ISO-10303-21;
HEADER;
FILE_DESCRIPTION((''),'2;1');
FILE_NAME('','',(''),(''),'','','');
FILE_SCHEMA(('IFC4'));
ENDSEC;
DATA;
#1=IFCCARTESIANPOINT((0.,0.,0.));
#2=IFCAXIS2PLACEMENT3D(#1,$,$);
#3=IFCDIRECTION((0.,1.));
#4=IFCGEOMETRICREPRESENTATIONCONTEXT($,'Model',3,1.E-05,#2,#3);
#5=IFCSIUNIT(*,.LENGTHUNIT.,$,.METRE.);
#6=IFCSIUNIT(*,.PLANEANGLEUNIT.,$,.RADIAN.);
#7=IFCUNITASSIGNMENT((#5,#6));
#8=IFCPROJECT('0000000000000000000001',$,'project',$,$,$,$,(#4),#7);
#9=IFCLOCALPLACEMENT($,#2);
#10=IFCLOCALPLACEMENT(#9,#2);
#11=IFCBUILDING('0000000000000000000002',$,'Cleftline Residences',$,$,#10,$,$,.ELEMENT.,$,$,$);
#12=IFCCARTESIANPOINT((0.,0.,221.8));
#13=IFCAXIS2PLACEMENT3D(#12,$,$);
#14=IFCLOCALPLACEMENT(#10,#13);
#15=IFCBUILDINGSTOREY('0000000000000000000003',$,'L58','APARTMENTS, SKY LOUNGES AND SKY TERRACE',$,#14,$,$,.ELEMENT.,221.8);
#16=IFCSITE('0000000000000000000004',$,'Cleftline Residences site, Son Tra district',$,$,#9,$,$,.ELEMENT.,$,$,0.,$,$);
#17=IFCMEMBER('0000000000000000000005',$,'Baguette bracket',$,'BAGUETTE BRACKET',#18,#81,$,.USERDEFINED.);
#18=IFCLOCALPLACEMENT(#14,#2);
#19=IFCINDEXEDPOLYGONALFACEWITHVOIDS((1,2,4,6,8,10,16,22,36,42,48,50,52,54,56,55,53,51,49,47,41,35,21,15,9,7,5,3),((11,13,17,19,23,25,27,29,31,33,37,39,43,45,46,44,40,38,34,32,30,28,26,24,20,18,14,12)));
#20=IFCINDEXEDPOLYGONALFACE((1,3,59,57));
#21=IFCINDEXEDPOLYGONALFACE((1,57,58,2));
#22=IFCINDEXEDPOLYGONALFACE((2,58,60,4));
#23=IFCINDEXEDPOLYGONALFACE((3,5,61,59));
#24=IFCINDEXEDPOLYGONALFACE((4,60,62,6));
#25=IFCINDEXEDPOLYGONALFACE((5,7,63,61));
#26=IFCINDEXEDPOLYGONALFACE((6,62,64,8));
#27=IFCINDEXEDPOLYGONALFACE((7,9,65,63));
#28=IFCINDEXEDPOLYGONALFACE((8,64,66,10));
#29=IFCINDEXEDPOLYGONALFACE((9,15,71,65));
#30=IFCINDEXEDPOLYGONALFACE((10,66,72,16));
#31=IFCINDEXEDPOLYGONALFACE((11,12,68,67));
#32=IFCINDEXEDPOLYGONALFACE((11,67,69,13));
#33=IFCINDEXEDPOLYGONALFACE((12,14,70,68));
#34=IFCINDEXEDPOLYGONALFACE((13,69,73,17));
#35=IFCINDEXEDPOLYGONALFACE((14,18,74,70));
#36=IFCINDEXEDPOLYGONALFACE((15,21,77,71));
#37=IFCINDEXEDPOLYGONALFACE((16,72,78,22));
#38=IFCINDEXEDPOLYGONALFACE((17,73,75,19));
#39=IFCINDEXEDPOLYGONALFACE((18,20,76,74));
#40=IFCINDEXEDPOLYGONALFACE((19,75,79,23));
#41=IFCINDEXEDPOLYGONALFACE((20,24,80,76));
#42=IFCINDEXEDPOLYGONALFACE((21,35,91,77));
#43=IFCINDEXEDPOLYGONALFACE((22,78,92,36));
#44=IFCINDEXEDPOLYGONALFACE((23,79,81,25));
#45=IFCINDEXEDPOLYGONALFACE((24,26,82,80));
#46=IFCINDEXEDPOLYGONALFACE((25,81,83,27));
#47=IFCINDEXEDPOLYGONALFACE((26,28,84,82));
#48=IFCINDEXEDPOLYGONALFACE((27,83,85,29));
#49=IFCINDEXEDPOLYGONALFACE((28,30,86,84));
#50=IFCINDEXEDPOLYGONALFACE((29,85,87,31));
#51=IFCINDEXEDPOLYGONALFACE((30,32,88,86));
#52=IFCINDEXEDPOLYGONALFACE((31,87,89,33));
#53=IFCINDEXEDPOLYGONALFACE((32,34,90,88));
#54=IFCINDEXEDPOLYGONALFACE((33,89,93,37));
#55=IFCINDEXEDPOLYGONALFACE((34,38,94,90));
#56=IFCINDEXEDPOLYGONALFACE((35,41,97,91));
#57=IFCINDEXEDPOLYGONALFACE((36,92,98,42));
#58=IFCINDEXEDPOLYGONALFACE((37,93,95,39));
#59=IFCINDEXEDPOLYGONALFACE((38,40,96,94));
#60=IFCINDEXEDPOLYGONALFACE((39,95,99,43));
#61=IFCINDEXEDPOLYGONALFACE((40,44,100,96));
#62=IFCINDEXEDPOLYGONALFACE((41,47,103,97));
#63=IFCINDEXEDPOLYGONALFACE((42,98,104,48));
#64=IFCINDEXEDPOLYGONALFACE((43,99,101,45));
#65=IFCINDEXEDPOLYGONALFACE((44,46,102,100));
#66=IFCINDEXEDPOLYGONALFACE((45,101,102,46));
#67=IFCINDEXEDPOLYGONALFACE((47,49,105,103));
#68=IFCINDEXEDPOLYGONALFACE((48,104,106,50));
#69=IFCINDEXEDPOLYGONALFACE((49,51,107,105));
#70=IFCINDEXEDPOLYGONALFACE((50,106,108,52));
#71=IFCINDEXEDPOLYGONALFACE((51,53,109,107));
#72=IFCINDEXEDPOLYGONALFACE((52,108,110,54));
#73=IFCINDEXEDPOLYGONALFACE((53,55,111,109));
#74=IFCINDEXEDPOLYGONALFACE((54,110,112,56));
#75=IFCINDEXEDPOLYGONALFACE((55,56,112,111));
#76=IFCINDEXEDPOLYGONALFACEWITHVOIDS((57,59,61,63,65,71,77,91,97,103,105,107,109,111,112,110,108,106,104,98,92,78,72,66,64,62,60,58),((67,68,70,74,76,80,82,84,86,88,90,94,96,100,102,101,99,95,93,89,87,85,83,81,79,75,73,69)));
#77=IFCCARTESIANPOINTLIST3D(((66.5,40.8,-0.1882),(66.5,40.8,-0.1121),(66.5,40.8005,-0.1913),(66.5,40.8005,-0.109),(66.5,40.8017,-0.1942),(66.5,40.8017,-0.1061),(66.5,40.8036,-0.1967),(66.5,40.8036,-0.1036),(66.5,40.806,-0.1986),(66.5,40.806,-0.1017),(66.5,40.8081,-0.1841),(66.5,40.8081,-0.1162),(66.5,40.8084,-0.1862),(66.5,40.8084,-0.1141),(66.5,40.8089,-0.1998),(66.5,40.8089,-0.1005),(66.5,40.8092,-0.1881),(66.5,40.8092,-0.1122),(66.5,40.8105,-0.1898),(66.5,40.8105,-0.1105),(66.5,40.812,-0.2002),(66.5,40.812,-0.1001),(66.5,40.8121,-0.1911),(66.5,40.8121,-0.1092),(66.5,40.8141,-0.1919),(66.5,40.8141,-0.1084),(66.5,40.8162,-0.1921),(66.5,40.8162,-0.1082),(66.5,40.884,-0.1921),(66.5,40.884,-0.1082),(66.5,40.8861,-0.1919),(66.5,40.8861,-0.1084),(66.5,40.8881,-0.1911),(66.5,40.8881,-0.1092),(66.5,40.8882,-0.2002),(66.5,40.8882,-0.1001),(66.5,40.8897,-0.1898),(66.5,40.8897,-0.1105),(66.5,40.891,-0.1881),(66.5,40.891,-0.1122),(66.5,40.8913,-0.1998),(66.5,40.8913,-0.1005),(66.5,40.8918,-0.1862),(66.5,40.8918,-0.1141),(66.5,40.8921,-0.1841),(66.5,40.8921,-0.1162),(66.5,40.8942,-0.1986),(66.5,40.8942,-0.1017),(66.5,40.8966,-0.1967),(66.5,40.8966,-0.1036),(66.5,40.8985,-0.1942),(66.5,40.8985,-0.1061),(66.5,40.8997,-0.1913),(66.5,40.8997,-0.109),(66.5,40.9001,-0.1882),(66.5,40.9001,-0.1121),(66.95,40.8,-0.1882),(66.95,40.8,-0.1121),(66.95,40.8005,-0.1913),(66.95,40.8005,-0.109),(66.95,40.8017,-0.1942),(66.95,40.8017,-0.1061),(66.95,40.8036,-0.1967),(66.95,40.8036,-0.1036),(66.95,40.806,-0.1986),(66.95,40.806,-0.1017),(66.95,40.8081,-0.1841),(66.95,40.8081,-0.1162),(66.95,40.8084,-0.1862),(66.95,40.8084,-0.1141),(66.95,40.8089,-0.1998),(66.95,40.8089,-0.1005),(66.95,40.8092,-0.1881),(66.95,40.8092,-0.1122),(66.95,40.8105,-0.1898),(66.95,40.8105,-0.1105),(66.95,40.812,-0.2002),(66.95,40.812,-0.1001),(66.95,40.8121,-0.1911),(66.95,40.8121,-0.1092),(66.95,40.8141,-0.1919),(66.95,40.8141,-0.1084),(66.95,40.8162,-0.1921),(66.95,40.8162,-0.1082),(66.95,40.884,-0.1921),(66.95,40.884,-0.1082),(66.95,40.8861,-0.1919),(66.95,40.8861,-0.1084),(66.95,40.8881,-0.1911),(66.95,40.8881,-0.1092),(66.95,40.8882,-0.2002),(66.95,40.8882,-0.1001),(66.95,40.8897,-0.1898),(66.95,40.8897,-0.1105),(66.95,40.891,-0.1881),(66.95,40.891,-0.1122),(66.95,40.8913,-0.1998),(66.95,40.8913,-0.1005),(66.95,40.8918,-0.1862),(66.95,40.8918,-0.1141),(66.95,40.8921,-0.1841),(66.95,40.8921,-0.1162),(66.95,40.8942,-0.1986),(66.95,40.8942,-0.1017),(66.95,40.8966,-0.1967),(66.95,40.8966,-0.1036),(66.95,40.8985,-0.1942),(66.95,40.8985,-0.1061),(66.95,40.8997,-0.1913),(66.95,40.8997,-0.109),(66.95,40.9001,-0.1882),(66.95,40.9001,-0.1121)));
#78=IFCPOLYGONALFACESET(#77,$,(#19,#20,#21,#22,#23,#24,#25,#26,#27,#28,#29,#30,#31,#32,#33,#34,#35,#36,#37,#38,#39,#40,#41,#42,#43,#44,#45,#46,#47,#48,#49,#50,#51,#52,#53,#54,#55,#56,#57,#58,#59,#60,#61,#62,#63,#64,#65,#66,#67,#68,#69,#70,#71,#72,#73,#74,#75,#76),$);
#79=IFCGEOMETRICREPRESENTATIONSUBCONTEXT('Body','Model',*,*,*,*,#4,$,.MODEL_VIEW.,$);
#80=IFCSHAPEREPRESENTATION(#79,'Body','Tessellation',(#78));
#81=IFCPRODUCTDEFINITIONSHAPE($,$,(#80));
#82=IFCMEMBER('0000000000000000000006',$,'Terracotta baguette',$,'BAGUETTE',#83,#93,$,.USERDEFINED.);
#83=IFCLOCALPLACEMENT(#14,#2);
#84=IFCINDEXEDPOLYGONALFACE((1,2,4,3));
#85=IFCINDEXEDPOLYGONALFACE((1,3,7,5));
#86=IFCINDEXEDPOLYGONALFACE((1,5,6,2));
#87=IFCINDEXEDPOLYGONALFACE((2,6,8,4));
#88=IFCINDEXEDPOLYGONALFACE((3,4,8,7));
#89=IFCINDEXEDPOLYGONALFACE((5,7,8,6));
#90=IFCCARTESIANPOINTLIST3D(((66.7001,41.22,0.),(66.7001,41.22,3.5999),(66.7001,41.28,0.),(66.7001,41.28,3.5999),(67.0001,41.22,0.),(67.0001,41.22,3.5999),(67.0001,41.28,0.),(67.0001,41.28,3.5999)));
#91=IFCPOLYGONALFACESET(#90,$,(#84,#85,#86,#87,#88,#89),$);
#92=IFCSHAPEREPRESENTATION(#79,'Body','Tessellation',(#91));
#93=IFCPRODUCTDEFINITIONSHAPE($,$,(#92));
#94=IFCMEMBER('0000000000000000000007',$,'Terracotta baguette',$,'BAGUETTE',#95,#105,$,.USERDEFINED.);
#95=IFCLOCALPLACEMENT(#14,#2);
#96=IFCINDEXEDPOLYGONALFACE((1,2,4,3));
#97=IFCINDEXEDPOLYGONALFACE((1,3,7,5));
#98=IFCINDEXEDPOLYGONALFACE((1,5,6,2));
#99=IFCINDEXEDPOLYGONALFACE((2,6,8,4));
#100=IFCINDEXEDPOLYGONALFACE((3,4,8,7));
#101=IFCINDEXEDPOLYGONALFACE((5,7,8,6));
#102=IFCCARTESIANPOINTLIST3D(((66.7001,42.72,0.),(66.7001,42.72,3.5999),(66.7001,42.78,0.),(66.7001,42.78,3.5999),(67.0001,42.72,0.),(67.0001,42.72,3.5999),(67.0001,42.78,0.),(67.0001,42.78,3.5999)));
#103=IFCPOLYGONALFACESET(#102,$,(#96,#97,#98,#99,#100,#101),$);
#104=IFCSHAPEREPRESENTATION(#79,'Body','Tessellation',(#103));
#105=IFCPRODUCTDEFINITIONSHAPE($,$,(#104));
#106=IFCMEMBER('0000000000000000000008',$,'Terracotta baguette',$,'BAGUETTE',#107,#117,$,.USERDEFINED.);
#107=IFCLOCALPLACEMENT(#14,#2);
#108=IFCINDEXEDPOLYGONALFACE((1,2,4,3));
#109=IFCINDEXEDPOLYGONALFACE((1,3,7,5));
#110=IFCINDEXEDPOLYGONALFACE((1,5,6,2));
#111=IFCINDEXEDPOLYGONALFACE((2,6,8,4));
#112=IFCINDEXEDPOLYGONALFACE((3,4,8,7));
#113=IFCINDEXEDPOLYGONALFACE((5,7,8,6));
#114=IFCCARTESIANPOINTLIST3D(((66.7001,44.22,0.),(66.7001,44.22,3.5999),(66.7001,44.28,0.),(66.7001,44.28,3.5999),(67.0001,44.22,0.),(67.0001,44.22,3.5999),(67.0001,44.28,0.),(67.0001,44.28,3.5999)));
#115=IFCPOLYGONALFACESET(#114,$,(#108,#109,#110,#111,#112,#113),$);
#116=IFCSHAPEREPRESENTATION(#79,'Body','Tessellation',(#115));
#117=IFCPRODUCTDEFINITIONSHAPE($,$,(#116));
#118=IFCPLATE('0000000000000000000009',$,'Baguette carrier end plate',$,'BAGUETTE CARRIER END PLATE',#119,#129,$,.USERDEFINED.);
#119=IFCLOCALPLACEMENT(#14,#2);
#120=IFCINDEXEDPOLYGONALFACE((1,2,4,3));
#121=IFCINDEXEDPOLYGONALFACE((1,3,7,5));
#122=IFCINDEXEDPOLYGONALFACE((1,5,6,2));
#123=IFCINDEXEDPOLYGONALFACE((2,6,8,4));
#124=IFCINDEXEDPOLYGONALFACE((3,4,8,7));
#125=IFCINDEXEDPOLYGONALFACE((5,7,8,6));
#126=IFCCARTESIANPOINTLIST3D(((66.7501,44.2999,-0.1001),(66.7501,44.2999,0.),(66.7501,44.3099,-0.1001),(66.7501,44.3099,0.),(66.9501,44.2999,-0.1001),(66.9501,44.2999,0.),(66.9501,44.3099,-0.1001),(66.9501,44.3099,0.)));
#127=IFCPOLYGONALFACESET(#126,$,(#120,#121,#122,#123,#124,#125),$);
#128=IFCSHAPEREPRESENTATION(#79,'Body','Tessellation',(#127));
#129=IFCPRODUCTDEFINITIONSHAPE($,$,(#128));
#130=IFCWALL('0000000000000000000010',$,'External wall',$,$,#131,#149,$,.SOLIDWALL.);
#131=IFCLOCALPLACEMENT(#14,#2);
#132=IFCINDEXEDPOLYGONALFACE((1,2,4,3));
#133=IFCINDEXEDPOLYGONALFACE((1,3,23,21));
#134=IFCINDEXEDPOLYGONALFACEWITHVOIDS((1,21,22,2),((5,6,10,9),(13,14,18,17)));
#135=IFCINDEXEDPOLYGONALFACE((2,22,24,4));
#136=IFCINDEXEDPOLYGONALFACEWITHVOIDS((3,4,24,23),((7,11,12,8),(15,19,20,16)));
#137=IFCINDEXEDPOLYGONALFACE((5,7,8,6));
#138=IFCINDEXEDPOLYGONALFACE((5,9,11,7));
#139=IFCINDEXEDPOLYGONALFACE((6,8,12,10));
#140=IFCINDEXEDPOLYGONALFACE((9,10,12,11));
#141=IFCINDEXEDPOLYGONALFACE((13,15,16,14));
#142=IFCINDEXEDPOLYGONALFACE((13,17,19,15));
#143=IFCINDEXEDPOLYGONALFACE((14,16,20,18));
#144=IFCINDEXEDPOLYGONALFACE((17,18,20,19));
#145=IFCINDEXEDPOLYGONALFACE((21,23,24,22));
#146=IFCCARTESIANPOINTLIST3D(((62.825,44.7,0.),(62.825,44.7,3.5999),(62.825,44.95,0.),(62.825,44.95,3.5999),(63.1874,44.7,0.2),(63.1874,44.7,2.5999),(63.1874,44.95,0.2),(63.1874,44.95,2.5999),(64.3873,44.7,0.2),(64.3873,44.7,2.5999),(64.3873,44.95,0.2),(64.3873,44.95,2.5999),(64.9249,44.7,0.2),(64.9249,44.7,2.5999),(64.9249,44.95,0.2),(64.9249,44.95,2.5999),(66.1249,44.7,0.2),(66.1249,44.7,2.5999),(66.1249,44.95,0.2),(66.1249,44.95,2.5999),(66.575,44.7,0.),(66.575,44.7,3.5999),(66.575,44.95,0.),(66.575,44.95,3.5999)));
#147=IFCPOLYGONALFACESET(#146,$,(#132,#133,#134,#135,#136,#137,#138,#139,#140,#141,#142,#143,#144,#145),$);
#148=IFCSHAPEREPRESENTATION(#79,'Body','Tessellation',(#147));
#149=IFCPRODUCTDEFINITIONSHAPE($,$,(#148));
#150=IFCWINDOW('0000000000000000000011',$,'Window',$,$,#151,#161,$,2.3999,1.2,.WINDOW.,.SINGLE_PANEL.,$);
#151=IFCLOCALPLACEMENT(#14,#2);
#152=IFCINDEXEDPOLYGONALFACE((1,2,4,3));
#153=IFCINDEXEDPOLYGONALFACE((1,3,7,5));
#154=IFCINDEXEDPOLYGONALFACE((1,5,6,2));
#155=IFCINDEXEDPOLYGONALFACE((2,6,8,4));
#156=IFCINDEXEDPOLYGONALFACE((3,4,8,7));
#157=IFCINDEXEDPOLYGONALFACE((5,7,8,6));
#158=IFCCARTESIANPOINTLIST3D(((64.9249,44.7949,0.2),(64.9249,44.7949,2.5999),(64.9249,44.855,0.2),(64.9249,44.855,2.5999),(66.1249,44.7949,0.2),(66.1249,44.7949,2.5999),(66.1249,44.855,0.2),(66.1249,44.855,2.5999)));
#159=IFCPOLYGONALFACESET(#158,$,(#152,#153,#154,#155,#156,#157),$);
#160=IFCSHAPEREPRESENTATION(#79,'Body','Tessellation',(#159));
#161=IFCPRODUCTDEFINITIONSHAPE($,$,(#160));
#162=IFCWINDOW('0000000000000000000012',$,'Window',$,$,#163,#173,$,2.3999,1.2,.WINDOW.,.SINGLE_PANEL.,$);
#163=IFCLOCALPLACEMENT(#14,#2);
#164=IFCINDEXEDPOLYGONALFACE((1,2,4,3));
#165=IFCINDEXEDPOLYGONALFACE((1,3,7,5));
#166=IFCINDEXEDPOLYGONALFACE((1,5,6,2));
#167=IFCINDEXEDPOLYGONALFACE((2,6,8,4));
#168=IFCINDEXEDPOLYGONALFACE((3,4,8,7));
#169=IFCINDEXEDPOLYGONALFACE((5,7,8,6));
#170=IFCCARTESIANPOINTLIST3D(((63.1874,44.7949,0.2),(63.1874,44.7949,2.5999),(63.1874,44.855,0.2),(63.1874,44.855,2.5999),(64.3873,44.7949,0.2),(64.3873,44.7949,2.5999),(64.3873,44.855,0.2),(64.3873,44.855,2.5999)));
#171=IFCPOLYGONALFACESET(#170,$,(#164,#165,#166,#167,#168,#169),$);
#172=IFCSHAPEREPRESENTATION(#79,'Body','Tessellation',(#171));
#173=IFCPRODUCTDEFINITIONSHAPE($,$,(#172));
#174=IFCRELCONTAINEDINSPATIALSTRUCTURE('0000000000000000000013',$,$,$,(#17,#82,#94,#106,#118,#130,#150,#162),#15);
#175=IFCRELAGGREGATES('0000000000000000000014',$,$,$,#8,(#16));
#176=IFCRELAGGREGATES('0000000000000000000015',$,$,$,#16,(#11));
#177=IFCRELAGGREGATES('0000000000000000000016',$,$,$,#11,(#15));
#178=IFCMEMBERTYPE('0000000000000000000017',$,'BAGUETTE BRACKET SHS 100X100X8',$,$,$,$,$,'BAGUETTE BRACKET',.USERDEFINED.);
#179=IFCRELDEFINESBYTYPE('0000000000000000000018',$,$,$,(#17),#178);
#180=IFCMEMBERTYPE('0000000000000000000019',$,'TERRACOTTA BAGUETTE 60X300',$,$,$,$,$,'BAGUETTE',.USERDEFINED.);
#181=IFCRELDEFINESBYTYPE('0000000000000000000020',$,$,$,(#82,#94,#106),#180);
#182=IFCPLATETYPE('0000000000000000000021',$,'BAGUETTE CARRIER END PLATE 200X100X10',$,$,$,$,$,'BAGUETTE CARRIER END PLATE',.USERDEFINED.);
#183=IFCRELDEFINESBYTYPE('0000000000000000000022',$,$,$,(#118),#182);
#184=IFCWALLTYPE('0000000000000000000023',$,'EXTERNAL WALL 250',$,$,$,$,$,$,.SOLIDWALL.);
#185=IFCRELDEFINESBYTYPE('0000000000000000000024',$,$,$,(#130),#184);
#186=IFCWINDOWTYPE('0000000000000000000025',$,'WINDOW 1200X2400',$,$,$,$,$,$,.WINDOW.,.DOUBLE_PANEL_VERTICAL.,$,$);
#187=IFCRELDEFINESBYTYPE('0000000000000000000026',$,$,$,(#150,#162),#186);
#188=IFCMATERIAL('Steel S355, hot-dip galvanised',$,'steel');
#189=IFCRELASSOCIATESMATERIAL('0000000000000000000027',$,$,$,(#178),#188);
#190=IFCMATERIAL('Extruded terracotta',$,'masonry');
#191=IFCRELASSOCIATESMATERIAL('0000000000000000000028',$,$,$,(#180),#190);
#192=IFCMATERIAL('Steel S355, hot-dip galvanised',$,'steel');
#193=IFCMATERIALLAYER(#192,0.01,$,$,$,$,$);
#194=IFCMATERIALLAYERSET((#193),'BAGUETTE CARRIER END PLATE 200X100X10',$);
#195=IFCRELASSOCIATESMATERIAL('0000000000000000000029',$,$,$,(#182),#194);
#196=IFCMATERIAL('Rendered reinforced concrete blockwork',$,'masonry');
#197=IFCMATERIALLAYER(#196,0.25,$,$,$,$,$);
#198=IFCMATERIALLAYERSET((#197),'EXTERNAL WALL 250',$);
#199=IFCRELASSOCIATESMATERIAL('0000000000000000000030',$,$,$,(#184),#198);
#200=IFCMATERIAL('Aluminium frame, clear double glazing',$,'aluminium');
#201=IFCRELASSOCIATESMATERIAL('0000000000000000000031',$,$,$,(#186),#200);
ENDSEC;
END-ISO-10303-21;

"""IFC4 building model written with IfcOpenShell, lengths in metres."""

from ifc_helpers import new_model, si_unit, direction, frame, frame_2d, origin, origin_2d, place, context, subcontext, project, spatial, rectangle, hollow_rectangle, extrude, material, layer, layer_set, material_profile, profile_set, type_object, element, fill, save


model = new_model("IFC4")

# Units and contexts
model_context = context("Model", 3, precision=1e-05, world=origin(), true_north=direction((0.0, 1.0)))
body_context = subcontext(model_context, "Body", "Model", "MODEL_VIEW")
ifc_project = project(units=[si_unit("LENGTHUNIT", "METRE"), si_unit("PLANEANGLEUNIT", "RADIAN")], contexts=[model_context])

# Site, building, storey
site_placement = place(None, origin())
site = spatial("IfcSite", under=ifc_project, at=site_placement, Name="Cleftline Residences site, Son Tra district", CompositionType="ELEMENT", RefElevation=0.0)
building_placement = place(site_placement, origin())
building = spatial("IfcBuilding", under=site, at=building_placement, Name="Cleftline Residences", CompositionType="ELEMENT")
storey_placement = place(building_placement, frame((0.0, 0.0, 221.8)))
storey = spatial("IfcBuildingStorey", under=building, at=storey_placement, Name="L58", Description="APARTMENTS, SKY LOUNGES AND SKY TERRACE", CompositionType="ELEMENT", Elevation=221.8)

# Members
ifc_material_1 = material(Name="Steel S355, hot-dip galvanised", Category="steel")
ifc_material_profile_1 = material_profile(ifc_material_1, hollow_rectangle(XDim=0.1001, YDim=0.1001, WallThickness=0.0081, InnerFilletRadius=0.0081, OuterFilletRadius=0.012, at=origin_2d()))
ifc_profile_set_1 = profile_set([ifc_material_profile_1], Name="Steel S355, hot-dip galvanised")
member_type_1 = type_object("IfcMemberType", Name="BAGUETTE BRACKET SHS 100X100X8", ElementType="BAGUETTE BRACKET", PredefinedType="USERDEFINED", material=ifc_profile_set_1)
member_placement = place(storey_placement, frame((66.5, 40.8501, -0.1501), z_axis=(1.0, 0.0, 0.0), x_axis=(0.0, 1.0, 0.0)))
element("IfcMember", 1, at=member_placement, inside=storey, type_object=member_type_1, Name="Baguette bracket", ObjectType="BAGUETTE BRACKET", PredefinedType="USERDEFINED", context=body_context, shape_type="SweptSolid", body=[
    extrude(hollow_rectangle(XDim=0.1001, YDim=0.1001, WallThickness=0.0081, InnerFilletRadius=0.0081, OuterFilletRadius=0.012, at=origin_2d()), origin(), (0.0, 0.0, 1.0), 0.45),
])
ifc_material_2 = material(Name="Extruded terracotta", Category="masonry")
ifc_material_profile_2 = material_profile(ifc_material_2, rectangle(XDim=0.0601, YDim=0.3, at=origin_2d()))
ifc_profile_set_2 = profile_set([ifc_material_profile_2], Name="Extruded terracotta")
member_type_2 = type_object("IfcMemberType", Name="TERRACOTTA BAGUETTE 60X300", ElementType="BAGUETTE", PredefinedType="USERDEFINED", material=ifc_profile_set_2)
for number, where, z_axis, x_axis, name in (
    (2, (66.8501, 41.25, 0.0), (0.0, 0.0, 1.0), (0.0, 1.0, 0.0), "Terracotta baguette"),
    (3, (66.8501, 42.75, 0.0), (0.0, 0.0, 1.0), (0.0, 1.0, 0.0), "Terracotta baguette"),
    (4, (66.8501, 44.25, 0.0), (0.0, 0.0, 1.0), (0.0, 1.0, 0.0), "Terracotta baguette"),
):
    element("IfcMember", number, at=place(storey_placement, frame(where, z_axis=z_axis, x_axis=x_axis)), inside=storey, type_object=member_type_2, Name=name, ObjectType="BAGUETTE", PredefinedType="USERDEFINED", context=body_context, shape_type="SweptSolid", body=[
        extrude(rectangle(XDim=0.0601, YDim=0.3, at=origin_2d()), origin(), (0.0, 0.0, 1.0), 3.5999),
    ])

# Plate
ifc_material_3 = material(Name="Steel S355, hot-dip galvanised", Category="steel")
ifc_layer_1 = layer(ifc_material_3, 0.01)
ifc_layer_set_1 = layer_set([ifc_layer_1], Name="BAGUETTE CARRIER END PLATE 200X100X10")
plate_type = type_object("IfcPlateType", Name="BAGUETTE CARRIER END PLATE 200X100X10", ElementType="BAGUETTE CARRIER END PLATE", PredefinedType="USERDEFINED", material=ifc_layer_set_1)
plate_placement = place(storey_placement, frame((66.8501, 44.3049, -0.1001), z_axis=(0.0, 0.0, 1.0), x_axis=(1.0, 0.0, 0.0)))
element("IfcPlate", 5, at=plate_placement, inside=storey, type_object=plate_type, Name="Baguette carrier end plate", ObjectType="BAGUETTE CARRIER END PLATE", PredefinedType="USERDEFINED", context=body_context, shape_type="SweptSolid", body=[
    extrude(rectangle(XDim=0.2, YDim=0.01, at=origin_2d()), origin(), (0.0, 0.0, 1.0), 0.1001),
])

# Wall, openings, windows
ifc_material_4 = material(Name="Rendered reinforced concrete blockwork", Category="masonry")
ifc_layer_2 = layer(ifc_material_4, 0.25)
ifc_layer_set_2 = layer_set([ifc_layer_2], Name="EXTERNAL WALL 250")
wall_type_1 = type_object("IfcWallType", Name="EXTERNAL WALL 250", PredefinedType="SOLIDWALL", material=ifc_layer_set_2)
wall_1_placement = place(storey_placement, frame((66.575, 44.825, 0.0), z_axis=(0.0, 0.0, 1.0), x_axis=(-1.0, 0.0, 0.0)))
wall_1 = element("IfcWall", 6, at=wall_1_placement, inside=storey, type_object=wall_type_1, Name="External wall", PredefinedType="SOLIDWALL", context=body_context, shape_type="SweptSolid", body=[
    extrude(rectangle(XDim=3.75, YDim=0.25, at=frame_2d((1.875, 0.0))), origin(), (0.0, 0.0, 1.0), 3.5999),
])
opening_1_placement = place(wall_1_placement, frame((0.45, 0.0, 0.2)))
opening_1 = element("IfcOpeningElement", 7, at=opening_1_placement, cuts=wall_1, PredefinedType="OPENING", context=body_context, shape_type="SweptSolid", body=[
    extrude(rectangle(XDim=1.2, YDim=2.3999, at=frame_2d((0.6001, 1.2))), frame((0.0, 0.135, 0.0), z_axis=(0.0, -1.0, 0.0), x_axis=(1.0, 0.0, 0.0)), (0.0, 0.0, 1.0), 0.27),
])
opening_2_placement = place(wall_1_placement, frame((2.1875, 0.0, 0.2)))
opening_2 = element("IfcOpeningElement", 8, at=opening_2_placement, cuts=wall_1, PredefinedType="OPENING", context=body_context, shape_type="SweptSolid", body=[
    extrude(rectangle(XDim=1.2, YDim=2.3999, at=frame_2d((0.6001, 1.2))), frame((0.0, 0.135, 0.0), z_axis=(0.0, -1.0, 0.0), x_axis=(1.0, 0.0, 0.0)), (0.0, 0.0, 1.0), 0.27),
])
ifc_material_5 = material(Name="Aluminium frame, clear double glazing", Category="aluminium")
window_type_1 = type_object("IfcWindowType", Name="WINDOW 1200X2400", PartitioningType="DOUBLE_PANEL_VERTICAL", PredefinedType="WINDOW", material=ifc_material_5)
window_1_placement = place(opening_1_placement, origin())
window_1 = element("IfcWindow", 9, at=window_1_placement, inside=storey, type_object=window_type_1, Name="Window", OverallHeight=2.3999, OverallWidth=1.2, PartitioningType="SINGLE_PANEL", PredefinedType="WINDOW", context=body_context, shape_type="SweptSolid", body=[
    extrude(rectangle(XDim=1.2, YDim=2.3999, at=frame_2d((0.6001, 1.2))), frame((0.0, 0.03, 0.0), z_axis=(0.0, -1.0, 0.0), x_axis=(1.0, 0.0, 0.0)), (0.0, 0.0, 1.0), 0.0601),
])
fill(opening_1, window_1)
window_2_placement = place(opening_2_placement, origin())
window_2 = element("IfcWindow", 10, at=window_2_placement, inside=storey, type_object=window_type_1, Name="Window", OverallHeight=2.3999, OverallWidth=1.2, PartitioningType="SINGLE_PANEL", PredefinedType="WINDOW", context=body_context, shape_type="SweptSolid", body=[
    extrude(rectangle(XDim=1.2, YDim=2.3999, at=frame_2d((0.6001, 1.2))), frame((0.0, 0.03, 0.0), z_axis=(0.0, -1.0, 0.0), x_axis=(1.0, 0.0, 0.0)), (0.0, 0.0, 1.0), 0.0601),
])
fill(opening_2, window_2)

save(model, "model.ifc")
